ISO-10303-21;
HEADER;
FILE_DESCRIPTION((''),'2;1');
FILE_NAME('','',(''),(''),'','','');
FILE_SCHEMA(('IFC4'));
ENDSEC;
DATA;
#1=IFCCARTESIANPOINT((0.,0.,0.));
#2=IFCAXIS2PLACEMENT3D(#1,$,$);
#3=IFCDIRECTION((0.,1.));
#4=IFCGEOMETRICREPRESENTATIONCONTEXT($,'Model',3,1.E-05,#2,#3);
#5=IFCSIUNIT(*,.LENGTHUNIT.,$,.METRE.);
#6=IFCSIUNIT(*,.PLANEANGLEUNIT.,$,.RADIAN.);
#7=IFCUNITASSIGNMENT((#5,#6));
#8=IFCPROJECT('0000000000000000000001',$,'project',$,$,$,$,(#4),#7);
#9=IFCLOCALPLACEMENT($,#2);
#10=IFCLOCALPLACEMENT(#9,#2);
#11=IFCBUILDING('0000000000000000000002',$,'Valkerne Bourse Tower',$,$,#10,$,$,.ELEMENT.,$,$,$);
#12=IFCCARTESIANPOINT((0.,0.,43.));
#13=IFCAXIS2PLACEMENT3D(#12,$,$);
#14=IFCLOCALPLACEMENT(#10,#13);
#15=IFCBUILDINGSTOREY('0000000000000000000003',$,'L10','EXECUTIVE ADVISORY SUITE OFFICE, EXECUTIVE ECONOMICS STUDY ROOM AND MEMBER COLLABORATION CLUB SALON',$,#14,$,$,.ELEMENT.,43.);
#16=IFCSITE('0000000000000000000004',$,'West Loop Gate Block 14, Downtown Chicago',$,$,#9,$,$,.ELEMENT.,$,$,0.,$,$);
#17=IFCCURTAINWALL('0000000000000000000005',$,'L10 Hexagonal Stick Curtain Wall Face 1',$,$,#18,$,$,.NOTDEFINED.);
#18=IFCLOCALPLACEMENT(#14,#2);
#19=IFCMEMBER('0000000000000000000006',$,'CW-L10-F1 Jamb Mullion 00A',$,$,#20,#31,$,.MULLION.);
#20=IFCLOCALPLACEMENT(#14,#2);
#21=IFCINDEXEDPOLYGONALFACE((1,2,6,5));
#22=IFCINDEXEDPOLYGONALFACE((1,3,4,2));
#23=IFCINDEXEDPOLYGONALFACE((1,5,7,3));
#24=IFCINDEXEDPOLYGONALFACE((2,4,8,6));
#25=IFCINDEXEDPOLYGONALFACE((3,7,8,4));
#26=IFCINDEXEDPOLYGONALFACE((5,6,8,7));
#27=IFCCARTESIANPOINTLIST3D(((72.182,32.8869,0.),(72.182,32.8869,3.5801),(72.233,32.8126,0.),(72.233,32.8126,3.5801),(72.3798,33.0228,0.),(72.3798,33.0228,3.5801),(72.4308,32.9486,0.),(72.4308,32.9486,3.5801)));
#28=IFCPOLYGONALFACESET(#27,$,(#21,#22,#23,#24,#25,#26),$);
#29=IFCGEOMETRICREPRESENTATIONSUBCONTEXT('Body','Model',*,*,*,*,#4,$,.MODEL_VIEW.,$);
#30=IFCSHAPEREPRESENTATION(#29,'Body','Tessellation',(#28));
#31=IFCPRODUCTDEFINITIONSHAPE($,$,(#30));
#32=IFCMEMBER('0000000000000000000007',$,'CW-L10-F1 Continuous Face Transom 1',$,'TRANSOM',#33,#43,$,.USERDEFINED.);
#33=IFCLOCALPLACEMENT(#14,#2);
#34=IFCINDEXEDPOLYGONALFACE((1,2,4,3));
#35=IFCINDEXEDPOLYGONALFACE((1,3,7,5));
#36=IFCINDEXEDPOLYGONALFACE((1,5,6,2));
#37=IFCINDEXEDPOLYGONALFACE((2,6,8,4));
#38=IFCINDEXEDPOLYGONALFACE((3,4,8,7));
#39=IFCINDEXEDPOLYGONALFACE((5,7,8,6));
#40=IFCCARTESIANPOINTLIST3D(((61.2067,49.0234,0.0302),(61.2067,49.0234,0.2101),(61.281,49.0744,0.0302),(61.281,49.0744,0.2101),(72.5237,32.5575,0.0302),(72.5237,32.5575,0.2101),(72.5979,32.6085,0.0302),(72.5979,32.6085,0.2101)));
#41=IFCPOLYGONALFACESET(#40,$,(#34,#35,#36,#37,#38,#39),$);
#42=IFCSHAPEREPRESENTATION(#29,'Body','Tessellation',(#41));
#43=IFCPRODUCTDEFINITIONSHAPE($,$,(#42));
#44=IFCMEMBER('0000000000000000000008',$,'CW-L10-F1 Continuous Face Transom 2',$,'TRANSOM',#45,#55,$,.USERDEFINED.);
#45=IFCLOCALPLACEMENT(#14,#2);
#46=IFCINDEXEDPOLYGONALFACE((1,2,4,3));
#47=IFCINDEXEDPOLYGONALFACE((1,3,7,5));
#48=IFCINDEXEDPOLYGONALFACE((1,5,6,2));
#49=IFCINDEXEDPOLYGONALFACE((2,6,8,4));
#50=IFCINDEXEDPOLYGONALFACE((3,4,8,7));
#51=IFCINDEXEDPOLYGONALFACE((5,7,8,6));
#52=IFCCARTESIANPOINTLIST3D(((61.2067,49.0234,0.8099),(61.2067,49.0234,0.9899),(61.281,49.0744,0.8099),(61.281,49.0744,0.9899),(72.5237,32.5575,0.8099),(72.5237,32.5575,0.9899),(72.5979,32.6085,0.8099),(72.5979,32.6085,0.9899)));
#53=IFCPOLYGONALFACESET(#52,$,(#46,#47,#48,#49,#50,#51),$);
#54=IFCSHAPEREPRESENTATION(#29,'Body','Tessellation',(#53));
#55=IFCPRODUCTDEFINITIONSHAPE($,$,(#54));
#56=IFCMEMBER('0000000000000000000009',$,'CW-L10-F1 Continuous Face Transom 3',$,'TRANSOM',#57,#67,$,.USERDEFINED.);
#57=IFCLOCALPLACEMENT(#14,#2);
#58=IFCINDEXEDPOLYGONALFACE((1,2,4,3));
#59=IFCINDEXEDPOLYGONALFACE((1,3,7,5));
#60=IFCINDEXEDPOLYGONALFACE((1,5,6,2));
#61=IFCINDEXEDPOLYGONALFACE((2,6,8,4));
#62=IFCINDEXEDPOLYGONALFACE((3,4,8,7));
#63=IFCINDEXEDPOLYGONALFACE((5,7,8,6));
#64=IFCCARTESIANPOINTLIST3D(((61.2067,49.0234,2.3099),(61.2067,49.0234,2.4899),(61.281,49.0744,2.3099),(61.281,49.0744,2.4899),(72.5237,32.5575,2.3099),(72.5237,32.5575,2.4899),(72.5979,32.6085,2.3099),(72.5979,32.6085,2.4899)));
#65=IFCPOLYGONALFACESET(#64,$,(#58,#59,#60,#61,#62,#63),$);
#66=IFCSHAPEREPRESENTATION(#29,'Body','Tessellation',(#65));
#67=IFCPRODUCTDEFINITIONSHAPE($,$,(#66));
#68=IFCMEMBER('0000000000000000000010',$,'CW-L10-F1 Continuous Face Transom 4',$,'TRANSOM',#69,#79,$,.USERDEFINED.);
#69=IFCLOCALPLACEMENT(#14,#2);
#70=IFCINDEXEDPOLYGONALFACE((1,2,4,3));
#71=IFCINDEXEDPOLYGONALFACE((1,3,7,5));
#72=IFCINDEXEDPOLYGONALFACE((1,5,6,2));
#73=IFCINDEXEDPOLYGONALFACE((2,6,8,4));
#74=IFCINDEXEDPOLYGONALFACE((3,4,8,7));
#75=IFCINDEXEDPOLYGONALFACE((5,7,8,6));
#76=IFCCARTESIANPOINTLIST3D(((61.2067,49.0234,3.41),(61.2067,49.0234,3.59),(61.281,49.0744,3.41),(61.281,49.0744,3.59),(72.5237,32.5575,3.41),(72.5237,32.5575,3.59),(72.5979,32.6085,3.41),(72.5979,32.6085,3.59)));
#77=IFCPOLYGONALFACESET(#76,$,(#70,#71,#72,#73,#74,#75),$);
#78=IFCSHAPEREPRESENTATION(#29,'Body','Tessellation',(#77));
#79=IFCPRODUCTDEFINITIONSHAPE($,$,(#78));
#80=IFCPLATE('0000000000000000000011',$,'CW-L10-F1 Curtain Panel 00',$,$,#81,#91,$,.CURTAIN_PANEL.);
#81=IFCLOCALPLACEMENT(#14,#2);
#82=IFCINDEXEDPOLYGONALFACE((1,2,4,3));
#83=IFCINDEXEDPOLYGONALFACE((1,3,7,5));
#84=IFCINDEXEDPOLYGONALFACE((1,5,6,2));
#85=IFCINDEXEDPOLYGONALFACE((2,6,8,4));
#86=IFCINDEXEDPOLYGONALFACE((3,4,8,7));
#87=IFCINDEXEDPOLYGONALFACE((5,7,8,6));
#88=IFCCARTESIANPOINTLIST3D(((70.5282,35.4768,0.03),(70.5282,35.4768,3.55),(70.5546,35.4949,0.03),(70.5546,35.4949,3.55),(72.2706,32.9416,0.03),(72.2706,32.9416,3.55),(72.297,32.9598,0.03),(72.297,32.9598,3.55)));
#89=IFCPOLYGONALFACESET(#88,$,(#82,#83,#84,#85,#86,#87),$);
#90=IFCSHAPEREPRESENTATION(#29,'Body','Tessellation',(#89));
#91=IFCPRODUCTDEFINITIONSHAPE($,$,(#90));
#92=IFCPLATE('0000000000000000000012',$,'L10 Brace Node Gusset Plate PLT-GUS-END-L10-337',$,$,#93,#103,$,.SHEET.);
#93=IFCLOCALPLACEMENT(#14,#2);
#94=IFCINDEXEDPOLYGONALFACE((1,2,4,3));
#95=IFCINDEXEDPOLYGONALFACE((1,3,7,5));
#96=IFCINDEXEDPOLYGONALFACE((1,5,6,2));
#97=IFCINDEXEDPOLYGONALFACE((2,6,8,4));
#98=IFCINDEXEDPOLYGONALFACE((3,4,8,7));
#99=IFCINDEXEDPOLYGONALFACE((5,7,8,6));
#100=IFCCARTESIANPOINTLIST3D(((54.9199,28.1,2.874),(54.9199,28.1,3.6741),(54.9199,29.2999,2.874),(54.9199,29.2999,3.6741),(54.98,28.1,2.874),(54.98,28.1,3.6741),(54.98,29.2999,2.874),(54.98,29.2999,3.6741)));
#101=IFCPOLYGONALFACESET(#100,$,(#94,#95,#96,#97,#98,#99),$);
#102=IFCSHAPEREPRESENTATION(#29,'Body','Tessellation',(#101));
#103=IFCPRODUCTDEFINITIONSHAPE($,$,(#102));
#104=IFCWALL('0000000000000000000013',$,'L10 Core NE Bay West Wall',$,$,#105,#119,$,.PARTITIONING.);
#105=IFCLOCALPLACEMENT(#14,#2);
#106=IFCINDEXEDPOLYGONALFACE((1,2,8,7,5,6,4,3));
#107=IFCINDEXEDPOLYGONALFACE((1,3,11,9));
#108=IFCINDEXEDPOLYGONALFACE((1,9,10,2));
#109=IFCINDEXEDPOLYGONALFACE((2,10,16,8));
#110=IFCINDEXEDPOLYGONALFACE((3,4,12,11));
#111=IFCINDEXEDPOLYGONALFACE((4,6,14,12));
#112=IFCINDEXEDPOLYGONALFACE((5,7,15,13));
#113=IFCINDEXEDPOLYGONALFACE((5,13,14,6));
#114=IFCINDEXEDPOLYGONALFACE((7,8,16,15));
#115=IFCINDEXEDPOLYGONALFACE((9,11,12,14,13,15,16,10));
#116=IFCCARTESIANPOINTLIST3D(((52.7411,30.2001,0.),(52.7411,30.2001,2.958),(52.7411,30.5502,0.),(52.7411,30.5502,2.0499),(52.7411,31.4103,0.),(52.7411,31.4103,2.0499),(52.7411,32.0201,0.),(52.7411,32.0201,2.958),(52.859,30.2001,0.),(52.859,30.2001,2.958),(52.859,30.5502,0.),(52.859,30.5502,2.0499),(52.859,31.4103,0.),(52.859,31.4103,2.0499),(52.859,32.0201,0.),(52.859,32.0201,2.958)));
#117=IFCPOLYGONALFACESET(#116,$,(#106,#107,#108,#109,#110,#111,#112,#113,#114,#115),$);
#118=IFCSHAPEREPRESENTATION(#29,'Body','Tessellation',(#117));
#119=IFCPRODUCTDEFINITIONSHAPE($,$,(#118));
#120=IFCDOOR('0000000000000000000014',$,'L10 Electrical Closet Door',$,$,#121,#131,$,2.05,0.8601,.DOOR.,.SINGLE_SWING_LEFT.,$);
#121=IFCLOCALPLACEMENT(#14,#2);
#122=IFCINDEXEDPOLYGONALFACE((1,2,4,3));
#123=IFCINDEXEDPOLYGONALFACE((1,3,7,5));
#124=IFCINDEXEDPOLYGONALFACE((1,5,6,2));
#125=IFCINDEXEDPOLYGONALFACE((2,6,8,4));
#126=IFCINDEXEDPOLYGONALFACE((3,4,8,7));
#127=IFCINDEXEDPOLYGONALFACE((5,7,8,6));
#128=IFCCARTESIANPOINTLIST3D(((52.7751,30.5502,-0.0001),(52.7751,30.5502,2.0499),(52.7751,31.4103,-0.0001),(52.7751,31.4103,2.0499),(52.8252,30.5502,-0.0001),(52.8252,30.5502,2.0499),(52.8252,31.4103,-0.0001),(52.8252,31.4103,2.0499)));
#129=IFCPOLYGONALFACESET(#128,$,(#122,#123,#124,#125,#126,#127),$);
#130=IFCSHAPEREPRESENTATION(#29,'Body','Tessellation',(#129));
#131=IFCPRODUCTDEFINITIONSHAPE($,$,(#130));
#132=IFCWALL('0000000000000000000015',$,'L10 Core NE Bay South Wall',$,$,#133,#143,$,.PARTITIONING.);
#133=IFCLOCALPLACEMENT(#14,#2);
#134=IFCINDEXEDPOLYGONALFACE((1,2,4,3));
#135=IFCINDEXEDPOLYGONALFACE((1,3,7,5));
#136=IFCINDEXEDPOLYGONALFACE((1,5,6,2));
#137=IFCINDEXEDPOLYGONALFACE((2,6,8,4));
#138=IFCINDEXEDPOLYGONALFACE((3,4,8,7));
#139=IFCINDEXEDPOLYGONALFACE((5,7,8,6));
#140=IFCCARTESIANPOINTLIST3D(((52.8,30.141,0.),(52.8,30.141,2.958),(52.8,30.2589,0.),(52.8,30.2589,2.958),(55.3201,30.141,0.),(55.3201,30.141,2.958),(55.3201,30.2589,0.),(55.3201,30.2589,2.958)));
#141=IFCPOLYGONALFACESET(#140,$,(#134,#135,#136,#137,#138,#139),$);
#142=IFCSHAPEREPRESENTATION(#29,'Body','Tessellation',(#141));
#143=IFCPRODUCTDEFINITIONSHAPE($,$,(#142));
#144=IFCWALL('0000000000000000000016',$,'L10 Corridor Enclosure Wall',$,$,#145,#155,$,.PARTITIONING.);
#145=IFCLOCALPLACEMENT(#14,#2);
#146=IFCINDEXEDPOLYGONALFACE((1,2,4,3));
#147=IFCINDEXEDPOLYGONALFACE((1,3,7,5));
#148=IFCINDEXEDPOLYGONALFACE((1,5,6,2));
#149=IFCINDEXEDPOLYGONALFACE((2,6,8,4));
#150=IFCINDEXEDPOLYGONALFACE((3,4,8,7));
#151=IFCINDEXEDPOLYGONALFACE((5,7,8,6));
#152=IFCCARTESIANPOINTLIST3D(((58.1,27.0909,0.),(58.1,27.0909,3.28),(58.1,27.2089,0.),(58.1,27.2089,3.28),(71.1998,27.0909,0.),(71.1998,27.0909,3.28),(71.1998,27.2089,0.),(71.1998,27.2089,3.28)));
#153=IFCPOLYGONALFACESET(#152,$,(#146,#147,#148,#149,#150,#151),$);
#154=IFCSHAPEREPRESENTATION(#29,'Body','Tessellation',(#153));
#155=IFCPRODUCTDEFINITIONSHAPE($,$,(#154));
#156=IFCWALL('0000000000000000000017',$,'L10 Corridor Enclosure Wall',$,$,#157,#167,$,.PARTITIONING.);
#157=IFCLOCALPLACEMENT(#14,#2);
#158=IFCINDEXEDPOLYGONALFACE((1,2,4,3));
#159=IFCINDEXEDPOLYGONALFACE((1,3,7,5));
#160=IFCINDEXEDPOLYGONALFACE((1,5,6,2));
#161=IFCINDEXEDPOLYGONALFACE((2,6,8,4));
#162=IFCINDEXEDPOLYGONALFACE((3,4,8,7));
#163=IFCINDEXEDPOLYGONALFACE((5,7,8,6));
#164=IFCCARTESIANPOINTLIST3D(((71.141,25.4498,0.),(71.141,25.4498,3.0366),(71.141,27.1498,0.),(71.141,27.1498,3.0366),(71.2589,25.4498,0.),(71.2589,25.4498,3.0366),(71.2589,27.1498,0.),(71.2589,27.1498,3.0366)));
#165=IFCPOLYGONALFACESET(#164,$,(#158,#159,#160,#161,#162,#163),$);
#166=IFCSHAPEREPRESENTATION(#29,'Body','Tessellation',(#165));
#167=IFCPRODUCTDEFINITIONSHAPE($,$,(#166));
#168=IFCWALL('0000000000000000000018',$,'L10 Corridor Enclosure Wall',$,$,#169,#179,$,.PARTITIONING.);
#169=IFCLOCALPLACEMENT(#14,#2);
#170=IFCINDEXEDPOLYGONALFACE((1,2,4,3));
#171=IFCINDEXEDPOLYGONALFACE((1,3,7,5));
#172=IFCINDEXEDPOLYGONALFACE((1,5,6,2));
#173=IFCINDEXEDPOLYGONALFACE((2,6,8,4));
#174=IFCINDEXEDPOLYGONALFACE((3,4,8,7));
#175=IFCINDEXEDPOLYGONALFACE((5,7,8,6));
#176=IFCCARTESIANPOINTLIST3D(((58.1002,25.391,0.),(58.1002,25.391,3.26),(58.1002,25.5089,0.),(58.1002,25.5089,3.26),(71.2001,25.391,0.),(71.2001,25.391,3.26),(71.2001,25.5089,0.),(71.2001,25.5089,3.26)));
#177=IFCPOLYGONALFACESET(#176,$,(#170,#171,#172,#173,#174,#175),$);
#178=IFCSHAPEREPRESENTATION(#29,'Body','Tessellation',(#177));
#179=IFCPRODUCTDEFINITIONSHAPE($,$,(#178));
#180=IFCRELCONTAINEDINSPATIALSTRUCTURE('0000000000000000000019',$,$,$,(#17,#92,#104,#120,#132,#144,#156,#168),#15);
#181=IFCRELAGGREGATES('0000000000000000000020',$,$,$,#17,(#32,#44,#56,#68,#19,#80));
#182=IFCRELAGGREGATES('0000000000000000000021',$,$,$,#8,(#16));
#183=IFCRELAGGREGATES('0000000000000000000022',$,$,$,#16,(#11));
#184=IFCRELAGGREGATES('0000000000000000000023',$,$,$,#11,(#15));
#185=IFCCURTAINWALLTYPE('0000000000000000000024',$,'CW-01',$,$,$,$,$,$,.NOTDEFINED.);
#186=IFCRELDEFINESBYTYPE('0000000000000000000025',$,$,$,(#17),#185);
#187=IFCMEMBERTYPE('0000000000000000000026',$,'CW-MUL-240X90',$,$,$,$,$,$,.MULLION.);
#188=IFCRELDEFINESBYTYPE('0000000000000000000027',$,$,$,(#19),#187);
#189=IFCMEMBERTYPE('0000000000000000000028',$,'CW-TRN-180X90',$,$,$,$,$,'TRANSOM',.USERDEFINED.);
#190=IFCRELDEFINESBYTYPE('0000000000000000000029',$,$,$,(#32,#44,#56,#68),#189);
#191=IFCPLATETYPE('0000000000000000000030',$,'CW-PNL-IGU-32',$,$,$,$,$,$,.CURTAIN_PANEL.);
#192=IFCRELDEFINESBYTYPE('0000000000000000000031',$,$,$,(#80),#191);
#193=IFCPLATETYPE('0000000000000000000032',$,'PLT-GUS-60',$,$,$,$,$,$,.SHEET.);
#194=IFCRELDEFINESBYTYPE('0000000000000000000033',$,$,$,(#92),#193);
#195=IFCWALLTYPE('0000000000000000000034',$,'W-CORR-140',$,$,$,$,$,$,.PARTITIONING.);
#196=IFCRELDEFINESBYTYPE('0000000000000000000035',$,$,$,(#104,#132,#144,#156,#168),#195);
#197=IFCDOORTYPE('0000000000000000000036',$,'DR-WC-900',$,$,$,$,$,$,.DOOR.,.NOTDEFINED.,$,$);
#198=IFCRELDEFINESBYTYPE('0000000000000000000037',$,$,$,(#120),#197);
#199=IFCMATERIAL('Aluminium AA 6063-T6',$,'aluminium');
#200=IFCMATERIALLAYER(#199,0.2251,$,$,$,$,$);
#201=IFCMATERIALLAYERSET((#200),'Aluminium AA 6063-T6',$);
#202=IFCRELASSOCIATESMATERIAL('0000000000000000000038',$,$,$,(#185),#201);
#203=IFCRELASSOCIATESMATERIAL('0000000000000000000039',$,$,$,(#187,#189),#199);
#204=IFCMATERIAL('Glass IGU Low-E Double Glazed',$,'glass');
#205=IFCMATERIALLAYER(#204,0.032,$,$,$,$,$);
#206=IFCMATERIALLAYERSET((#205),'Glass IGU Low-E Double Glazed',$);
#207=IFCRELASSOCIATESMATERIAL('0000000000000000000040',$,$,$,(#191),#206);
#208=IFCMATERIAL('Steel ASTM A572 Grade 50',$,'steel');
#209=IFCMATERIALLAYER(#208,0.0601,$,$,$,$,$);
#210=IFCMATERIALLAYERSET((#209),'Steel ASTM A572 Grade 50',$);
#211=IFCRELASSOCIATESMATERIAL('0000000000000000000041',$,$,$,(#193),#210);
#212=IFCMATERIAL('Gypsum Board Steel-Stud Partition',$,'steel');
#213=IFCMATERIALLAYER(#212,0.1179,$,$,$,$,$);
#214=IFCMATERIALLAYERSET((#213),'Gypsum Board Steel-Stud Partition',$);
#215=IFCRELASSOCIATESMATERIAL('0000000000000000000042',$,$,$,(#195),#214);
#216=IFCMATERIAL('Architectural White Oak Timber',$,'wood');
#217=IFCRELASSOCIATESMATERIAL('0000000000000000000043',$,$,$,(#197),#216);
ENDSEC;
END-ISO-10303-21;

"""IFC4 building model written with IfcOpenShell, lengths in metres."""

from ifc_helpers import new_model, si_unit, direction, frame, frame_2d, origin, origin_2d, place, context, subcontext, project, spatial, rectangle, extrude, material, layer, layer_set, material_profile, profile_set, type_object, element, fill, aggregate, save


model = new_model("IFC4")

# Units and contexts
model_context = context("Model", 3, precision=1e-05, world=origin(), true_north=direction((0.0, 1.0)))
body_context = subcontext(model_context, "Body", "Model", "MODEL_VIEW")
ifc_project = project(units=[si_unit("LENGTHUNIT", "METRE"), si_unit("PLANEANGLEUNIT", "RADIAN")], contexts=[model_context])

# Site, building, storey
site_placement = place(None, origin())
site = spatial("IfcSite", under=ifc_project, at=site_placement, Name="West Loop Gate Block 14, Downtown Chicago", CompositionType="ELEMENT", RefElevation=0.0)
building_placement = place(site_placement, origin())
building = spatial("IfcBuilding", under=site, at=building_placement, Name="Valkerne Bourse Tower", CompositionType="ELEMENT")
storey_placement = place(building_placement, frame((0.0, 0.0, 43.0)))
storey = spatial("IfcBuildingStorey", under=building, at=storey_placement, Name="L10", Description="EXECUTIVE ADVISORY SUITE OFFICE, EXECUTIVE ECONOMICS STUDY ROOM AND MEMBER COLLABORATION CLUB SALON", CompositionType="ELEMENT", Elevation=43.0)

# Curtain wall, members, plate
ifc_material_1 = material(Name="Aluminium AA 6063-T6", Category="aluminium")
ifc_layer_1 = layer(ifc_material_1, 0.2251)
ifc_layer_set_1 = layer_set([ifc_layer_1], Name="Aluminium AA 6063-T6")
curtain_wall_type = type_object("IfcCurtainWallType", Name="CW-01", PredefinedType="NOTDEFINED", material=ifc_layer_set_1)
curtain_wall_placement = place(storey_placement, origin())
curtain_wall = element("IfcCurtainWall", 1, at=curtain_wall_placement, inside=storey, type_object=curtain_wall_type, Name="L10 Hexagonal Stick Curtain Wall Face 1", PredefinedType="NOTDEFINED")
ifc_material_profile_1 = material_profile(ifc_material_1, rectangle(XDim=0.0901, YDim=0.24, at=origin_2d()), Name="CWM-90X240")
ifc_profile_set_1 = profile_set([ifc_material_profile_1], Name="Aluminium AA 6063-T6")
member_type_1 = type_object("IfcMemberType", Name="CW-MUL-240X90", PredefinedType="MULLION", material=ifc_profile_set_1)
member_1_placement = place(storey_placement, frame((72.3064, 32.9177, 0.0), z_axis=(0.0, 0.0, 1.0), x_axis=(-0.566414, 0.824121, 0.0)))
member_1 = element("IfcMember", 2, at=member_1_placement, type_object=member_type_1, Name="CW-L10-F1 Jamb Mullion 00A", PredefinedType="MULLION", context=body_context, shape_type="SweptSolid", body=[
    extrude(rectangle(XDim=0.0901, YDim=0.24, at=origin_2d()), origin(), (0.0, 0.0, 1.0), 3.5801),
])
ifc_material_profile_2 = material_profile(ifc_material_1, rectangle(XDim=0.0901, YDim=0.1799, at=origin_2d()), Name="CWT-90X180")
ifc_profile_set_2 = profile_set([ifc_material_profile_2], Name="Aluminium AA 6063-T6")
member_type_2 = type_object("IfcMemberType", Name="CW-TRN-180X90", ElementType="TRANSOM", PredefinedType="USERDEFINED", material=ifc_profile_set_2)
member_2_placement = place(storey_placement, frame((72.5608, 32.583, 0.1201), z_axis=(-0.566415, 0.82412, 0.0), x_axis=(-0.82412, -0.566415, 0.0)))
member_2 = element("IfcMember", 3, at=member_2_placement, type_object=member_type_2, Name="CW-L10-F1 Continuous Face Transom 1", ObjectType="TRANSOM", PredefinedType="USERDEFINED", context=body_context, shape_type="SweptSolid", body=[
    extrude(rectangle(XDim=0.0901, YDim=0.1799, at=origin_2d()), origin(), (0.0, 0.0, 1.0), 19.98),
])
member_3_placement = place(storey_placement, frame((72.5608, 32.583, 0.8999), z_axis=(-0.566415, 0.82412, 0.0), x_axis=(-0.82412, -0.566415, 0.0)))
member_3 = element("IfcMember", 4, at=member_3_placement, type_object=member_type_2, Name="CW-L10-F1 Continuous Face Transom 2", ObjectType="TRANSOM", PredefinedType="USERDEFINED", context=body_context, shape_type="SweptSolid", body=[
    extrude(rectangle(XDim=0.0901, YDim=0.1799, at=origin_2d()), origin(), (0.0, 0.0, 1.0), 19.98),
])
member_4_placement = place(storey_placement, frame((72.5608, 32.583, 2.3999), z_axis=(-0.566415, 0.82412, 0.0), x_axis=(-0.82412, -0.566415, 0.0)))
member_4 = element("IfcMember", 5, at=member_4_placement, type_object=member_type_2, Name="CW-L10-F1 Continuous Face Transom 3", ObjectType="TRANSOM", PredefinedType="USERDEFINED", context=body_context, shape_type="SweptSolid", body=[
    extrude(rectangle(XDim=0.0901, YDim=0.1799, at=origin_2d()), origin(), (0.0, 0.0, 1.0), 19.98),
])
member_5_placement = place(storey_placement, frame((72.5608, 32.583, 3.5), z_axis=(-0.566415, 0.82412, 0.0), x_axis=(-0.82412, -0.566415, 0.0)))
member_5 = element("IfcMember", 6, at=member_5_placement, type_object=member_type_2, Name="CW-L10-F1 Continuous Face Transom 4", ObjectType="TRANSOM", PredefinedType="USERDEFINED", context=body_context, shape_type="SweptSolid", body=[
    extrude(rectangle(XDim=0.0901, YDim=0.1799, at=origin_2d()), origin(), (0.0, 0.0, 1.0), 19.98),
])
ifc_material_2 = material(Name="Glass IGU Low-E Double Glazed", Category="glass")
ifc_layer_2 = layer(ifc_material_2, 0.032)
ifc_layer_set_2 = layer_set([ifc_layer_2], Name="Glass IGU Low-E Double Glazed")
plate_type_1 = type_object("IfcPlateType", Name="CW-PNL-IGU-32", PredefinedType="CURTAIN_PANEL", material=ifc_layer_set_2)
plate_1_placement = place(storey_placement, frame((71.4126, 34.2183, 0.03), z_axis=(0.0, 0.0, 1.0), x_axis=(-0.566414, 0.824121, 0.0)))
plate_1 = element("IfcPlate", 7, at=plate_1_placement, type_object=plate_type_1, Name="CW-L10-F1 Curtain Panel 00", PredefinedType="CURTAIN_PANEL", context=body_context, shape_type="SweptSolid", body=[
    extrude(rectangle(XDim=3.0762, YDim=0.032, at=origin_2d()), origin(), (0.0, 0.0, 1.0), 3.52),
])
aggregate(curtain_wall, [member_2, member_3, member_4, member_5, member_1, plate_1])

# Plate
ifc_material_3 = material(Name="Steel ASTM A572 Grade 50", Category="steel")
ifc_layer_3 = layer(ifc_material_3, 0.0601)
ifc_layer_set_3 = layer_set([ifc_layer_3], Name="Steel ASTM A572 Grade 50")
plate_type_2 = type_object("IfcPlateType", Name="PLT-GUS-60", PredefinedType="SHEET", material=ifc_layer_set_3)
plate_2_placement = place(storey_placement, frame((54.95, 28.7, 2.874), z_axis=(0.0, 0.0, 1.0), x_axis=(0.0, 1.0, 0.0)))
element("IfcPlate", 8, at=plate_2_placement, inside=storey, type_object=plate_type_2, Name="L10 Brace Node Gusset Plate PLT-GUS-END-L10-337", PredefinedType="SHEET", context=body_context, shape_type="SweptSolid", body=[
    extrude(rectangle(XDim=1.2, YDim=0.0601, at=origin_2d()), origin(), (0.0, 0.0, 1.0), 0.8),
])

# Wall, opening, door
ifc_material_4 = material(Name="Gypsum Board Steel-Stud Partition", Category="steel")
ifc_layer_4 = layer(ifc_material_4, 0.1179)
ifc_layer_set_4 = layer_set([ifc_layer_4], Name="Gypsum Board Steel-Stud Partition")
wall_type_1 = type_object("IfcWallType", Name="W-CORR-140", PredefinedType="PARTITIONING", material=ifc_layer_set_4)
wall_1_placement = place(storey_placement, frame((52.8, 30.2, 0.0), z_axis=(0.0, 0.0, 1.0), x_axis=(0.0, 1.0, 0.0)))
wall_1 = element("IfcWall", 9, at=wall_1_placement, inside=storey, type_object=wall_type_1, Name="L10 Core NE Bay West Wall", PredefinedType="PARTITIONING", context=body_context, shape_type="SweptSolid", body=[
    extrude(rectangle(XDim=1.8201, YDim=0.1179, at=frame_2d((0.9102, 0.0))), origin(), (0.0, 0.0, 1.0), 2.958),
])
opening_1_placement = place(wall_1_placement, frame((0.3501, 0.0, 0.0)))
opening_1 = element("IfcOpeningElement", 10, at=opening_1_placement, cuts=wall_1, PredefinedType="OPENING", context=body_context, shape_type="SweptSolid", body=[
    extrude(rectangle(XDim=0.8601, YDim=2.05, at=frame_2d((0.4302, 1.0249))), frame((0.0, 0.0688, 0.0), z_axis=(0.0, -1.0, 0.0), x_axis=(1.0, 0.0, 0.0)), (0.0, 0.0, 1.0), 0.1379),
])
ifc_material_5 = material(Name="Architectural White Oak Timber", Category="wood")
door_type_1 = type_object("IfcDoorType", Name="DR-WC-900", OperationType="NOTDEFINED", PredefinedType="DOOR", material=ifc_material_5)
door_1_placement = place(opening_1_placement, origin())
door_1 = element("IfcDoor", 11, at=door_1_placement, inside=storey, type_object=door_type_1, Name="L10 Electrical Closet Door", OperationType="SINGLE_SWING_LEFT", OverallHeight=2.05, OverallWidth=0.8601, PredefinedType="DOOR", context=body_context, shape_type="SweptSolid", body=[
    extrude(rectangle(XDim=0.8601, YDim=2.05, at=frame_2d((0.4302, 1.0249))), frame((0.0, 0.0249, 0.0), z_axis=(0.0, -1.0, 0.0), x_axis=(1.0, 0.0, 0.0)), (0.0, 0.0, 1.0), 0.05),
])
fill(opening_1, door_1)

# Walls
wall_2_placement = place(storey_placement, frame((52.8, 30.2, 0.0), z_axis=(0.0, 0.0, 1.0), x_axis=(1.0, 0.0, 0.0)))
element("IfcWall", 12, at=wall_2_placement, inside=storey, type_object=wall_type_1, Name="L10 Core NE Bay South Wall", PredefinedType="PARTITIONING", context=body_context, shape_type="SweptSolid", body=[
    extrude(rectangle(XDim=2.52, YDim=0.1179, at=frame_2d((1.26, 0.0))), origin(), (0.0, 0.0, 1.0), 2.958),
])
wall_3_placement = place(storey_placement, frame((58.1001, 27.1499, 0.0), z_axis=(0.0, 0.0, 1.0), x_axis=(1.0, 0.0, 0.0)))
element("IfcWall", 13, at=wall_3_placement, inside=storey, type_object=wall_type_1, Name="L10 Corridor Enclosure Wall", PredefinedType="PARTITIONING", context=body_context, shape_type="SweptSolid", body=[
    extrude(rectangle(XDim=13.0999, YDim=0.1179, at=frame_2d((6.5498, 0.0))), origin(), (0.0, 0.0, 1.0), 3.28),
])
wall_4_placement = place(storey_placement, frame((71.2, 27.1499, 0.0), z_axis=(0.0, 0.0, 1.0), x_axis=(0.0, -1.0, 0.0)))
element("IfcWall", 14, at=wall_4_placement, inside=storey, type_object=wall_type_1, Name="L10 Corridor Enclosure Wall", PredefinedType="PARTITIONING", context=body_context, shape_type="SweptSolid", body=[
    extrude(rectangle(XDim=1.7, YDim=0.1179, at=frame_2d((0.8501, 0.0))), origin(), (0.0, 0.0, 1.0), 3.0366),
])
wall_5_placement = place(storey_placement, frame((71.2, 25.45, 0.0), z_axis=(0.0, 0.0, 1.0), x_axis=(-1.0, 0.0, 0.0)))
element("IfcWall", 15, at=wall_5_placement, inside=storey, type_object=wall_type_1, Name="L10 Corridor Enclosure Wall", PredefinedType="PARTITIONING", context=body_context, shape_type="SweptSolid", body=[
    extrude(rectangle(XDim=13.0999, YDim=0.1179, at=frame_2d((6.5498, 0.0))), origin(), (0.0, 0.0, 1.0), 3.26),
])

save(model, "model.ifc")
